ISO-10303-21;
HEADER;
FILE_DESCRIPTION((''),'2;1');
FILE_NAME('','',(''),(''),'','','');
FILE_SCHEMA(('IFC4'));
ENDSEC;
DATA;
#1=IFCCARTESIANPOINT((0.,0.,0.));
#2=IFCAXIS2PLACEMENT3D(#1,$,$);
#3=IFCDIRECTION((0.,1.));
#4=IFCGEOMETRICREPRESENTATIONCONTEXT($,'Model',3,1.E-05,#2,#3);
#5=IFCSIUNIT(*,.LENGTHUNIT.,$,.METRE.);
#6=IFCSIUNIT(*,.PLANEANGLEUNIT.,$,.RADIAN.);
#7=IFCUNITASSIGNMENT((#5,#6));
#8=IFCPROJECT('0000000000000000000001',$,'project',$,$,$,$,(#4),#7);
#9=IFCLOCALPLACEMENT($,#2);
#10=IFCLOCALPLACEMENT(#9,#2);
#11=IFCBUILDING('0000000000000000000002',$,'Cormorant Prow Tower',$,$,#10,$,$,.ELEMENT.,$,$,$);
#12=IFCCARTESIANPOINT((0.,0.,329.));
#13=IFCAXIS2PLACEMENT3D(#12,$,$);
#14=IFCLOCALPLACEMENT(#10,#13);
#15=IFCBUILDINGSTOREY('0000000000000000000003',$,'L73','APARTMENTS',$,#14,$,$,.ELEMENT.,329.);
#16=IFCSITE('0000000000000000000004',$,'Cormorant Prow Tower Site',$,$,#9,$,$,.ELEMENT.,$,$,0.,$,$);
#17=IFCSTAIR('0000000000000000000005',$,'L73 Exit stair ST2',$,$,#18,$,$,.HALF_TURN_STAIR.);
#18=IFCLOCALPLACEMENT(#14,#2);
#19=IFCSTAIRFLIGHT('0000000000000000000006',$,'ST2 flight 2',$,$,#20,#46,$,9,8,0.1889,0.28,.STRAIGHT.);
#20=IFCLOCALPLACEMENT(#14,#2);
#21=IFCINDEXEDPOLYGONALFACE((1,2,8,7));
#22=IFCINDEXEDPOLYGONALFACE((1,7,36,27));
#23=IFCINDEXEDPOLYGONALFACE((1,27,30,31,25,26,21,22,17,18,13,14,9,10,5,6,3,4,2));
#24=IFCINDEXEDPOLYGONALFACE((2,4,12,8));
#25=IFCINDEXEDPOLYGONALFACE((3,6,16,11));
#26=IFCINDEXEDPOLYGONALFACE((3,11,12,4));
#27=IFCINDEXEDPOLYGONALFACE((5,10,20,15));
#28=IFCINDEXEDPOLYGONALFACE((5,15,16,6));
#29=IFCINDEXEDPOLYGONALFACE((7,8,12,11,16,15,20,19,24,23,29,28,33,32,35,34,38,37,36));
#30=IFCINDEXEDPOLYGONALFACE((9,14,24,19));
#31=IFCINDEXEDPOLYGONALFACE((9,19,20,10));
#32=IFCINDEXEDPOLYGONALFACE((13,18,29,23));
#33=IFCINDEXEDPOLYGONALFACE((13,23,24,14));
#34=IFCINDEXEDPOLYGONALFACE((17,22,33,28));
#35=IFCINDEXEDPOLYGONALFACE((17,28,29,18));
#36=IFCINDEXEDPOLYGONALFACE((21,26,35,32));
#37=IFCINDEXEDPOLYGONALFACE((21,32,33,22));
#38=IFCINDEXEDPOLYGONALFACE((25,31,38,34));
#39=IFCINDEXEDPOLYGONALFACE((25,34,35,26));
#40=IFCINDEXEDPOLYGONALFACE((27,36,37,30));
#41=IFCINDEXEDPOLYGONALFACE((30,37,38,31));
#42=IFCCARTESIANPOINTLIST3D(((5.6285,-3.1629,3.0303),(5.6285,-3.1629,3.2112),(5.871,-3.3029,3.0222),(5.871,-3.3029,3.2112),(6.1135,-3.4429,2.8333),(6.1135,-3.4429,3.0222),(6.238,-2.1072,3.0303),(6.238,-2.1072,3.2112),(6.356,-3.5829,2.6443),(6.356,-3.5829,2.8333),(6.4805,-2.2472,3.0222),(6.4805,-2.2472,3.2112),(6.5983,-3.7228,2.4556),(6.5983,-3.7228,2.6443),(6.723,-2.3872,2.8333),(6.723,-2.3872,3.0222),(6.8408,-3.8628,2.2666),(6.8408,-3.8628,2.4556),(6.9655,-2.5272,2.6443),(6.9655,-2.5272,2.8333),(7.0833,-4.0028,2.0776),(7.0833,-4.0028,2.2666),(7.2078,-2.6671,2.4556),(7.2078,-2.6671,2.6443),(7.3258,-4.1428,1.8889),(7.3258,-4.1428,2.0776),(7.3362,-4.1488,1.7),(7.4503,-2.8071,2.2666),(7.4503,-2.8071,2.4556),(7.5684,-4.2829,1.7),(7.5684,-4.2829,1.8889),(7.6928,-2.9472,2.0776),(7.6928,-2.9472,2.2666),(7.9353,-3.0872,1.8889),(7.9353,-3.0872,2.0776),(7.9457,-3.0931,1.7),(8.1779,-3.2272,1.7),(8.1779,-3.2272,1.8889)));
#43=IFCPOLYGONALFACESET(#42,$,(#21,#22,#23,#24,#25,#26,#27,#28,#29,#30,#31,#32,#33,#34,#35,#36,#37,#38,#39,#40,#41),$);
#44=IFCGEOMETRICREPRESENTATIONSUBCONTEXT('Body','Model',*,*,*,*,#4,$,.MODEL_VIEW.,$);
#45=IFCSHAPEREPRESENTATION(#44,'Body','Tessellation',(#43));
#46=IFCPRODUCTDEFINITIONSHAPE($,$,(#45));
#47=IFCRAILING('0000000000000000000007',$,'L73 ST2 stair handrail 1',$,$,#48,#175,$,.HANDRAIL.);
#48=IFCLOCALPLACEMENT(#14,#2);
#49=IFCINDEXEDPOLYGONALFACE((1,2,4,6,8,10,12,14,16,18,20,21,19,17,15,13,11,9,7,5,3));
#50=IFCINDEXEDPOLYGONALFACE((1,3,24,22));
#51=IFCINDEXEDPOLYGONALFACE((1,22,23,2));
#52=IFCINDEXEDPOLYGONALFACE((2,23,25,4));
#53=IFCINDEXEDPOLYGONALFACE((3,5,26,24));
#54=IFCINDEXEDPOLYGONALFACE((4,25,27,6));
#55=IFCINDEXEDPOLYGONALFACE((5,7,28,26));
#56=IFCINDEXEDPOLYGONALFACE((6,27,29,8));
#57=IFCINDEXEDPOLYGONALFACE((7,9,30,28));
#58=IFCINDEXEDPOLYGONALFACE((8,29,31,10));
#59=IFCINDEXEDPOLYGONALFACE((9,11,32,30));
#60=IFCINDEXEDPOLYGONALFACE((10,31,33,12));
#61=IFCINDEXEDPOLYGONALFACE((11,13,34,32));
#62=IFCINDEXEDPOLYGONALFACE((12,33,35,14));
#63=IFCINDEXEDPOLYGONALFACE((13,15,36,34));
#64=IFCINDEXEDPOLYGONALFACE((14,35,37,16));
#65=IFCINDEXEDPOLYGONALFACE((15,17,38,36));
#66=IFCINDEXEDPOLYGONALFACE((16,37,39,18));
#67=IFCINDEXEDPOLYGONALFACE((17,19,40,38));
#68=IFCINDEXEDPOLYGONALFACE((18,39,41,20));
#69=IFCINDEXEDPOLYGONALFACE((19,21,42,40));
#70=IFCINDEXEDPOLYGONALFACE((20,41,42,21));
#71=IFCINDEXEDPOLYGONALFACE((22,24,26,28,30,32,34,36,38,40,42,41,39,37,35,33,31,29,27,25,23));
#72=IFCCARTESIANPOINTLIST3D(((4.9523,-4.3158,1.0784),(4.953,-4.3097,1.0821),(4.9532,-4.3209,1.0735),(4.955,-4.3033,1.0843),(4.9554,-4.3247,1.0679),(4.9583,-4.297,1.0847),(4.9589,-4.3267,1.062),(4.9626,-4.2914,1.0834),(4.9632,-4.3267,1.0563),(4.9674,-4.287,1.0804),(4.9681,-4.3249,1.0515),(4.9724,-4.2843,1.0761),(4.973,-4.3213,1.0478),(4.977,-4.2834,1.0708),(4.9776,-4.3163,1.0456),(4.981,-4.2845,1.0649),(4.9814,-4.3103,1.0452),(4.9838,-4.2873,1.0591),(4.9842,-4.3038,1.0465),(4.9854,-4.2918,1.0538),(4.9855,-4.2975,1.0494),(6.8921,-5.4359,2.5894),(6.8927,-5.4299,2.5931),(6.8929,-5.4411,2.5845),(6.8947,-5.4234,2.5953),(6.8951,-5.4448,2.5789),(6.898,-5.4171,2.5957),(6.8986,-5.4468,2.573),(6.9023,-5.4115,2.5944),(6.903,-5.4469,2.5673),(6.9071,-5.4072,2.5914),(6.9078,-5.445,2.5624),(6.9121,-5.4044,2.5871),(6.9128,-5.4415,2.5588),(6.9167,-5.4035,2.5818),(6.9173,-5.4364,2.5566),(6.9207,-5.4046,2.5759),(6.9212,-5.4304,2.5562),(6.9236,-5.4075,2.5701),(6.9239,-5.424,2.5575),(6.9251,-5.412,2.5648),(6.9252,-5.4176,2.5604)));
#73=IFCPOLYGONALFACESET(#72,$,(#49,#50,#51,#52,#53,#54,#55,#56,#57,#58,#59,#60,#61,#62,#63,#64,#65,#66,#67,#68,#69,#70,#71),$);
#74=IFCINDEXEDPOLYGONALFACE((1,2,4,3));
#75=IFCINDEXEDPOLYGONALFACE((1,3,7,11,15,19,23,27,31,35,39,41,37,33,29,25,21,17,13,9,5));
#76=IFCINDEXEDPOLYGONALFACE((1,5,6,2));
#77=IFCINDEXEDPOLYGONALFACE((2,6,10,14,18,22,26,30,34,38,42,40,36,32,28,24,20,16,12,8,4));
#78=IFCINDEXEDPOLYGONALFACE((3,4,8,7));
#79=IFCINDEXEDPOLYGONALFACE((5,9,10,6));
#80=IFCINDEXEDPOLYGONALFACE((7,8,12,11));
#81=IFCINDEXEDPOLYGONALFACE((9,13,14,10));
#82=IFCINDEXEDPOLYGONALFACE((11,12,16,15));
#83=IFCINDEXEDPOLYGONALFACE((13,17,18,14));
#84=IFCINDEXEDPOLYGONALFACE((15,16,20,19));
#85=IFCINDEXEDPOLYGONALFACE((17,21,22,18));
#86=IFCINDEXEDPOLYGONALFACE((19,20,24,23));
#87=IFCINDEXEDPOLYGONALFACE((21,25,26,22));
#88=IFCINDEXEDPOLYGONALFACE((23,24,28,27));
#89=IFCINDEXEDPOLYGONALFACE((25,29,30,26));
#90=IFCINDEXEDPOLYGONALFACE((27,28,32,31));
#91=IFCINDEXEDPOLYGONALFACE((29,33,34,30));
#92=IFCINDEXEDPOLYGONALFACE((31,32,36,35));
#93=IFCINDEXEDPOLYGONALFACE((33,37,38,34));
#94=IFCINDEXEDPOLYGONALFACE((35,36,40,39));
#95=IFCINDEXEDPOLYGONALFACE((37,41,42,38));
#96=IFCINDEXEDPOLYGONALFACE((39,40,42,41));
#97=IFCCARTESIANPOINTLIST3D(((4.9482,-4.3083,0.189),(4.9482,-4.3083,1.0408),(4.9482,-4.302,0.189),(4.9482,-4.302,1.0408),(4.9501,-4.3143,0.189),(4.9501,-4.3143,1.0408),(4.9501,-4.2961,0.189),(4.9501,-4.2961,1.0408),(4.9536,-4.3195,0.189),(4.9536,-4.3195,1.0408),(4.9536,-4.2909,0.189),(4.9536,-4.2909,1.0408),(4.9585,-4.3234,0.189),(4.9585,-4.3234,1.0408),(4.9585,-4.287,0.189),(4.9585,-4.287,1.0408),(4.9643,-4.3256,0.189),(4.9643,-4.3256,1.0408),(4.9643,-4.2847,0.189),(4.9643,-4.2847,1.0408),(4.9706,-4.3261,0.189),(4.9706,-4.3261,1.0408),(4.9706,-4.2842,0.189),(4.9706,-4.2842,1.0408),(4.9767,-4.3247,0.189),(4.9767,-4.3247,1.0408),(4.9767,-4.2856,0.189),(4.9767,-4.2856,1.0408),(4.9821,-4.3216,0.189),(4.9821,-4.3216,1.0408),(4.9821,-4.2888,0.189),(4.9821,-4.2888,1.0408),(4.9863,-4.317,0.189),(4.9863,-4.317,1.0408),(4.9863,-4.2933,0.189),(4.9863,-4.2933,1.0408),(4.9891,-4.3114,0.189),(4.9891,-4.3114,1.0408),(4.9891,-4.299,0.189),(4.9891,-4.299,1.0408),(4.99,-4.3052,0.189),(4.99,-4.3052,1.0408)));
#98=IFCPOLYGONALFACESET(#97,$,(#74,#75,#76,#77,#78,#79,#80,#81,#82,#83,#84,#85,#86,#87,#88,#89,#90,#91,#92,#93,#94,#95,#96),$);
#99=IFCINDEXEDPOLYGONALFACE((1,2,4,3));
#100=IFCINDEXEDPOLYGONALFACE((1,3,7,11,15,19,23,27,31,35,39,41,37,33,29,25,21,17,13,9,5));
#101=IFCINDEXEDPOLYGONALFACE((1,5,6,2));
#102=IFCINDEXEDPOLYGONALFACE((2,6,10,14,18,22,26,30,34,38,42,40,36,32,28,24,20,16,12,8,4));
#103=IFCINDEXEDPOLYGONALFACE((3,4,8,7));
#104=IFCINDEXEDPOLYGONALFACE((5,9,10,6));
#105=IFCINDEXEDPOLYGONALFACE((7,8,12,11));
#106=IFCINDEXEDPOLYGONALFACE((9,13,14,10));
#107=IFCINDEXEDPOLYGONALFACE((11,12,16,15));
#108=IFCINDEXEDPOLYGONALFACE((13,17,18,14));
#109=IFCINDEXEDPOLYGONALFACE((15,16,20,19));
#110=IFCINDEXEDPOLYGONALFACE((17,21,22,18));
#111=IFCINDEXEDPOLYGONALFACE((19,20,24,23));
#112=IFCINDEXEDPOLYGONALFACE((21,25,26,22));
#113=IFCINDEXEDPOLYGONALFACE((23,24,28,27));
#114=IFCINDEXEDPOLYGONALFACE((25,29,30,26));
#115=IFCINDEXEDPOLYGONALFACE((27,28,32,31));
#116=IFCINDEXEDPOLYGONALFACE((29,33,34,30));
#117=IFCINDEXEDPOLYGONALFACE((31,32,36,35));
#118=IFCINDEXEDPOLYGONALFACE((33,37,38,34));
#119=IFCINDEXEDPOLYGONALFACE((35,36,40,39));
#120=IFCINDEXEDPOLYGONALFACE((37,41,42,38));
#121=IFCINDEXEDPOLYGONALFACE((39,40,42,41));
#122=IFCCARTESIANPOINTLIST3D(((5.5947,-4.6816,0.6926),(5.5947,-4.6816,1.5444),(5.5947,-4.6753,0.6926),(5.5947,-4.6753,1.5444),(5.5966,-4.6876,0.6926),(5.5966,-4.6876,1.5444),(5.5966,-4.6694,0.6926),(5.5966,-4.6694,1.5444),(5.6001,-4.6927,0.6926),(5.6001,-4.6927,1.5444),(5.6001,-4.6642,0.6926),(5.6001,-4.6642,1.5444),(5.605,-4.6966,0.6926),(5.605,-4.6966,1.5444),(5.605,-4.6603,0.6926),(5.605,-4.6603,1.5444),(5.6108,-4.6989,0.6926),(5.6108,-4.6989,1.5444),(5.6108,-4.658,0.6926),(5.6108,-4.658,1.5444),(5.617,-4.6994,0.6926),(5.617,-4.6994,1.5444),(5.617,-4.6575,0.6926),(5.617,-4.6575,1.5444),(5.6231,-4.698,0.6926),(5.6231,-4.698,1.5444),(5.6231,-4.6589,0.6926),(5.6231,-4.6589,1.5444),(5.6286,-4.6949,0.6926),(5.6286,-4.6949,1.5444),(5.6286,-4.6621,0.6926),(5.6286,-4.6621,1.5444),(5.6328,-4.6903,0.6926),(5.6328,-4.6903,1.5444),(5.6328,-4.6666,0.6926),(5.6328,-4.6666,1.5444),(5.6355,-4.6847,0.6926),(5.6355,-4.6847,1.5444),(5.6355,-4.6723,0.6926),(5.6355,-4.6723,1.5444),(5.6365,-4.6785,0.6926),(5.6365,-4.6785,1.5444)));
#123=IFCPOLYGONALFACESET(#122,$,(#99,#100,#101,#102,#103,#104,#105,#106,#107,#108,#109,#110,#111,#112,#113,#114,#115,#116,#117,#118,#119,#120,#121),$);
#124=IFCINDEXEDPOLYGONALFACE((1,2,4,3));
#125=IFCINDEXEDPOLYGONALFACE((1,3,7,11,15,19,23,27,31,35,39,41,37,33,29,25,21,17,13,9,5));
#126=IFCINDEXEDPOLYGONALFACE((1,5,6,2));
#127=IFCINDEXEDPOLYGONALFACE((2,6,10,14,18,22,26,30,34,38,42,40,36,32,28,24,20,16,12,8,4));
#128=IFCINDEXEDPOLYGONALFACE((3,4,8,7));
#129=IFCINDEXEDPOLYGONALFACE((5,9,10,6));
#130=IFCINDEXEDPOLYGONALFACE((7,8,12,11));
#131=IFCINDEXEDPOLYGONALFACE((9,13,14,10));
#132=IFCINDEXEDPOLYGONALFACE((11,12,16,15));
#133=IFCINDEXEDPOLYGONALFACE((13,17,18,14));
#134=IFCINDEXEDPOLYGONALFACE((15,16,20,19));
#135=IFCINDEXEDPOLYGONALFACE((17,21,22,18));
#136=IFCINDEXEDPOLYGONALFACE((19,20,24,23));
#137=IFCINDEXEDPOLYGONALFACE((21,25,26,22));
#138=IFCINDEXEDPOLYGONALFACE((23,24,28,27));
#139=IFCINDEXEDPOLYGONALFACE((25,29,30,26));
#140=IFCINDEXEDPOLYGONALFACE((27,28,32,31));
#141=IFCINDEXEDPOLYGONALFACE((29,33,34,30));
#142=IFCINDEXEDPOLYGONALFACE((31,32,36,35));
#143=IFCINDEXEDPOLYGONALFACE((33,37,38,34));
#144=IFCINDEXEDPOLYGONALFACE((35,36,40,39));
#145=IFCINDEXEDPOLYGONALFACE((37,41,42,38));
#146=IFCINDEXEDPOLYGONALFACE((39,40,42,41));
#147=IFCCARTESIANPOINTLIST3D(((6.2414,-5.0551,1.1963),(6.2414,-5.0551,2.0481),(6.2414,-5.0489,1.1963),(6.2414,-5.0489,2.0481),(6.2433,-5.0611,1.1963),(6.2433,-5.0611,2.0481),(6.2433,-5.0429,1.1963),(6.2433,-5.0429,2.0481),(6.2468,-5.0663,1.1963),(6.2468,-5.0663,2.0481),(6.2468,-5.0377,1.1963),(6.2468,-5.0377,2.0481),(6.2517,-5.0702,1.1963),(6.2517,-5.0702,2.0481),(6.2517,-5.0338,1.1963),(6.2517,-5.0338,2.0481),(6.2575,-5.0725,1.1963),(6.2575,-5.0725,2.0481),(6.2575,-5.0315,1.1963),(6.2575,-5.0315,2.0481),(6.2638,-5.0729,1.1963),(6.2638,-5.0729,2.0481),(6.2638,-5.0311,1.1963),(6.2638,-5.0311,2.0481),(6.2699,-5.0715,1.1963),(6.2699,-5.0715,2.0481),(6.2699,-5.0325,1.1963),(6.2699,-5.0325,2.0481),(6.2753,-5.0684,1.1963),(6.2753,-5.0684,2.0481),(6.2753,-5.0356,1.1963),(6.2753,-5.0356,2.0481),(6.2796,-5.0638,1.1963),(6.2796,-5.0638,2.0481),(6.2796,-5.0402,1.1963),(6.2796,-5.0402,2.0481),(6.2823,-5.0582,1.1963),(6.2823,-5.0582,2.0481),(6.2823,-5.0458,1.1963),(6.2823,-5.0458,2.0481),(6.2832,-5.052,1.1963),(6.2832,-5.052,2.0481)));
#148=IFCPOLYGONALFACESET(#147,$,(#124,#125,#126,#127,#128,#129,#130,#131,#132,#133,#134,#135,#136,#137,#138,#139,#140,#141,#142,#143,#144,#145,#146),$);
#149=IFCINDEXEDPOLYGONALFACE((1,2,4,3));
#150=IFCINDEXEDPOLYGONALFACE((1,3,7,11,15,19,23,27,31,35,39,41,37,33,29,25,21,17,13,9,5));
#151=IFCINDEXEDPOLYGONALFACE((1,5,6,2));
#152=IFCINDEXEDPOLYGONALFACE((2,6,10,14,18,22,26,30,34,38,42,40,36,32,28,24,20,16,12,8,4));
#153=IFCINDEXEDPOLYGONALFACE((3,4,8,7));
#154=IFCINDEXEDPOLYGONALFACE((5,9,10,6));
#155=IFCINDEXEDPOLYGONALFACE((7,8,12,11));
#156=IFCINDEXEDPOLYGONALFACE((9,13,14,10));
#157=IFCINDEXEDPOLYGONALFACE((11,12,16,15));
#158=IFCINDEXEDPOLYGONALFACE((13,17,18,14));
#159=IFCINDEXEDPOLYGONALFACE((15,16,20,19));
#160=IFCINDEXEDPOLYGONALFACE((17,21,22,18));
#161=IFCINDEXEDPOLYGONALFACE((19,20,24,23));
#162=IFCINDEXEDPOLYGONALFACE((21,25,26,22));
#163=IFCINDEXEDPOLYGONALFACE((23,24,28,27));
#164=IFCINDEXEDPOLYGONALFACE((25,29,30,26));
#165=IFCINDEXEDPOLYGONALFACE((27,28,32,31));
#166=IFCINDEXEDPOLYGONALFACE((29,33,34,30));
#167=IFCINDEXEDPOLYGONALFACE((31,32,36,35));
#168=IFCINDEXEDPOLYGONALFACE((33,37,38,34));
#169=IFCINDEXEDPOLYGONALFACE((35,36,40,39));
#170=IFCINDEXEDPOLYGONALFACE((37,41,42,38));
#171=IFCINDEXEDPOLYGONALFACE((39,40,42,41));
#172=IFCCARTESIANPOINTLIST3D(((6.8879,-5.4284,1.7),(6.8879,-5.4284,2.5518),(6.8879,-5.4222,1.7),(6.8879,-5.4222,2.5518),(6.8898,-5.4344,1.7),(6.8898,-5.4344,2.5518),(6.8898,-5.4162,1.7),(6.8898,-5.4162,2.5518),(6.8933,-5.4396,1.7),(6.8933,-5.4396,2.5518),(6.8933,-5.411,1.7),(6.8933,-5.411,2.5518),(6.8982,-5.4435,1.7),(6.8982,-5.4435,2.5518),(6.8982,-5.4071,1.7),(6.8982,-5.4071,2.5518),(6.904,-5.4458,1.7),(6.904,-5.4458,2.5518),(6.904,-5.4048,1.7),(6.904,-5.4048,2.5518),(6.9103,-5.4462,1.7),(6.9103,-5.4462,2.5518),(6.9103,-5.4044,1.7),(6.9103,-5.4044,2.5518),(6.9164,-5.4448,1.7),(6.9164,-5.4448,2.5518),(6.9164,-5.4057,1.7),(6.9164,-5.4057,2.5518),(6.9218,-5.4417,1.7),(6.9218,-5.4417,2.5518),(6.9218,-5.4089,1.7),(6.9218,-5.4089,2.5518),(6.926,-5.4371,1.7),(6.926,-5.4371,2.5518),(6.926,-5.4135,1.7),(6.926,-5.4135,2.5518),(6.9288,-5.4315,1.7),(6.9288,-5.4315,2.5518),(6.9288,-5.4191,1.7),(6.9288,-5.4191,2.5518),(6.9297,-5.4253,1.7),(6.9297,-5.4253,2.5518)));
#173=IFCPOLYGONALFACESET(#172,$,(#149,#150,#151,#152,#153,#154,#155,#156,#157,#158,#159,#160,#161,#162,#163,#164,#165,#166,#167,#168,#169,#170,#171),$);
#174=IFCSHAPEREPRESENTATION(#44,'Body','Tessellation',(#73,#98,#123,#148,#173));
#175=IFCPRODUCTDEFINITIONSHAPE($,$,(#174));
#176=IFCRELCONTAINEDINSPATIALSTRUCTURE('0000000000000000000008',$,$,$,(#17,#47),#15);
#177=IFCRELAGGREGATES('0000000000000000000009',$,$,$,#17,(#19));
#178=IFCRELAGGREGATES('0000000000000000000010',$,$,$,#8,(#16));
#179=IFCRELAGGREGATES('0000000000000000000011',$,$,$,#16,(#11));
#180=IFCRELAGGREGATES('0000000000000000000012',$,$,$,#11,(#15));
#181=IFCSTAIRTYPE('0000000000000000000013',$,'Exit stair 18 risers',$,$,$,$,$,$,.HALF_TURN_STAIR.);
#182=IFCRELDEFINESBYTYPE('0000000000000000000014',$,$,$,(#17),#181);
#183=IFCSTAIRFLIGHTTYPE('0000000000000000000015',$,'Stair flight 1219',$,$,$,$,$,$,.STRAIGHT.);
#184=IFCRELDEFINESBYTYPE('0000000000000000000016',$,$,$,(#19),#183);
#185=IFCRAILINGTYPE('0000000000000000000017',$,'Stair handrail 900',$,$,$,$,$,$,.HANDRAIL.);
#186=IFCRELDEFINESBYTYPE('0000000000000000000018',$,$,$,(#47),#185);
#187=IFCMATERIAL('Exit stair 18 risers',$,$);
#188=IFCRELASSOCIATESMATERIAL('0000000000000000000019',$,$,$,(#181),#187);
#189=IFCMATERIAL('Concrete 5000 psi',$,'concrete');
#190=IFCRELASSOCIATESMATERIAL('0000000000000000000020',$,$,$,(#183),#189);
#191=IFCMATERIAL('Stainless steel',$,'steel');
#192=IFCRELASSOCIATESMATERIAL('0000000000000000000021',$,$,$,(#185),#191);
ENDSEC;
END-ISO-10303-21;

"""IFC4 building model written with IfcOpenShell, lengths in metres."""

from ifc_helpers import new_model, si_unit, direction, frame, origin, origin_2d, place, context, subcontext, project, spatial, polyline, circle, outline, extrude, material, type_object, element, aggregate, save


model = new_model("IFC4")

# Units and contexts
model_context = context("Model", 3, precision=1e-05, world=origin(), true_north=direction((0.0, 1.0)))
body_context = subcontext(model_context, "Body", "Model", "MODEL_VIEW")
ifc_project = project(units=[si_unit("LENGTHUNIT", "METRE"), si_unit("PLANEANGLEUNIT", "RADIAN")], contexts=[model_context])

# Site, building, storey
site_placement = place(None, origin())
site = spatial("IfcSite", under=ifc_project, at=site_placement, Name="Cormorant Prow Tower Site", CompositionType="ELEMENT", RefElevation=0.0)
building_placement = place(site_placement, origin())
building = spatial("IfcBuilding", under=site, at=building_placement, Name="Cormorant Prow Tower", CompositionType="ELEMENT")
storey_placement = place(building_placement, frame((0.0, 0.0, 329.0)))
storey = spatial("IfcBuildingStorey", under=building, at=storey_placement, Name="L73", Description="APARTMENTS", CompositionType="ELEMENT", Elevation=329.0)

# Stair, stair flight
ifc_material_1 = material(Name="Exit stair 18 risers")
stair_type = type_object("IfcStairType", Name="Exit stair 18 risers", PredefinedType="HALF_TURN_STAIR", material=ifc_material_1)
stair_placement = place(storey_placement, origin())
stair = element("IfcStair", 1, at=stair_placement, inside=storey, type_object=stair_type, Name="L73 Exit stair ST2", PredefinedType="HALF_TURN_STAIR")
ifc_material_2 = material(Name="Concrete 5000 psi", Category="concrete")
stair_flight_type = type_object("IfcStairFlightType", Name="Stair flight 1219", PredefinedType="STRAIGHT", material=ifc_material_2)
stair_flight_1_placement = place(storey_placement, frame((7.873, -3.7551, 1.7), z_axis=(0.0, 0.0, 1.0), x_axis=(-0.866025, 0.5, 0.0)))
stair_flight_1 = element("IfcStairFlight", 2, at=stair_flight_1_placement, type_object=stair_flight_type, Name="ST2 flight 2", NumberOfRisers=9, NumberOfTreads=8, PredefinedType="STRAIGHT", RiserHeight=0.1889, TreadLength=0.28, context=body_context, shape_type="SweptSolid", body=[
    extrude(outline(polyline([(0.0, 0.0), (0.0, 0.189), (0.28, 0.189), (0.28, 0.3777), (0.5601, 0.3777), (0.5601, 0.5667), (0.8401, 0.5667), (0.8401, 0.7556), (1.1201, 0.7556), (1.1201, 0.9443), (1.3999, 0.9443), (1.3999, 1.1333), (1.6799, 1.1333), (1.6799, 1.3223), (1.96, 1.3223), (1.96, 1.5112), (2.24, 1.5112), (2.24, 1.7), (2.24, 1.3303), (0.2681, 0.0), (0.0, 0.0)])), frame((0.0, 0.6094, 0.0), z_axis=(0.0, -1.0, 0.0), x_axis=(1.0, 0.0, 0.0)), (0.0, 0.0, 1.0), 1.219),
])
aggregate(stair, [stair_flight_1])

# Railing
ifc_material_3 = material(Name="Stainless steel", Category="steel")
railing_type_1 = type_object("IfcRailingType", Name="Stair handrail 900", PredefinedType="HANDRAIL", material=ifc_material_3)
railing_1_placement = place(storey_placement, frame((4.969, -4.3052, 0.189)))
element("IfcRailing", 3, at=railing_1_placement, inside=storey, type_object=railing_type_1, Name="L73 ST2 stair handrail 1", PredefinedType="HANDRAIL", context=body_context, shape_type="SweptSolid", body=[
    extrude(circle(Radius=0.0239, at=origin_2d()), frame((0.0, 0.0, 0.876), z_axis=(0.717906, -0.414569, 0.559235), x_axis=(0.500078, 0.86598, 0.0)), (0.0, 0.0, 1.0), 2.7019),
    extrude(circle(Radius=0.021, at=origin_2d()), origin(), (0.0, 0.0, 1.0), 0.8518),
    extrude(circle(Radius=0.021, at=origin_2d()), frame((0.6465, -0.3733, 0.5037)), (0.0, 0.0, 1.0), 0.8518),
    extrude(circle(Radius=0.021, at=origin_2d()), frame((1.2932, -0.7468, 1.0073)), (0.0, 0.0, 1.0), 0.8518),
    extrude(circle(Radius=0.021, at=origin_2d()), frame((1.9397, -1.1201, 1.511)), (0.0, 0.0, 1.0), 0.8518),
])

save(model, "model.ifc")
